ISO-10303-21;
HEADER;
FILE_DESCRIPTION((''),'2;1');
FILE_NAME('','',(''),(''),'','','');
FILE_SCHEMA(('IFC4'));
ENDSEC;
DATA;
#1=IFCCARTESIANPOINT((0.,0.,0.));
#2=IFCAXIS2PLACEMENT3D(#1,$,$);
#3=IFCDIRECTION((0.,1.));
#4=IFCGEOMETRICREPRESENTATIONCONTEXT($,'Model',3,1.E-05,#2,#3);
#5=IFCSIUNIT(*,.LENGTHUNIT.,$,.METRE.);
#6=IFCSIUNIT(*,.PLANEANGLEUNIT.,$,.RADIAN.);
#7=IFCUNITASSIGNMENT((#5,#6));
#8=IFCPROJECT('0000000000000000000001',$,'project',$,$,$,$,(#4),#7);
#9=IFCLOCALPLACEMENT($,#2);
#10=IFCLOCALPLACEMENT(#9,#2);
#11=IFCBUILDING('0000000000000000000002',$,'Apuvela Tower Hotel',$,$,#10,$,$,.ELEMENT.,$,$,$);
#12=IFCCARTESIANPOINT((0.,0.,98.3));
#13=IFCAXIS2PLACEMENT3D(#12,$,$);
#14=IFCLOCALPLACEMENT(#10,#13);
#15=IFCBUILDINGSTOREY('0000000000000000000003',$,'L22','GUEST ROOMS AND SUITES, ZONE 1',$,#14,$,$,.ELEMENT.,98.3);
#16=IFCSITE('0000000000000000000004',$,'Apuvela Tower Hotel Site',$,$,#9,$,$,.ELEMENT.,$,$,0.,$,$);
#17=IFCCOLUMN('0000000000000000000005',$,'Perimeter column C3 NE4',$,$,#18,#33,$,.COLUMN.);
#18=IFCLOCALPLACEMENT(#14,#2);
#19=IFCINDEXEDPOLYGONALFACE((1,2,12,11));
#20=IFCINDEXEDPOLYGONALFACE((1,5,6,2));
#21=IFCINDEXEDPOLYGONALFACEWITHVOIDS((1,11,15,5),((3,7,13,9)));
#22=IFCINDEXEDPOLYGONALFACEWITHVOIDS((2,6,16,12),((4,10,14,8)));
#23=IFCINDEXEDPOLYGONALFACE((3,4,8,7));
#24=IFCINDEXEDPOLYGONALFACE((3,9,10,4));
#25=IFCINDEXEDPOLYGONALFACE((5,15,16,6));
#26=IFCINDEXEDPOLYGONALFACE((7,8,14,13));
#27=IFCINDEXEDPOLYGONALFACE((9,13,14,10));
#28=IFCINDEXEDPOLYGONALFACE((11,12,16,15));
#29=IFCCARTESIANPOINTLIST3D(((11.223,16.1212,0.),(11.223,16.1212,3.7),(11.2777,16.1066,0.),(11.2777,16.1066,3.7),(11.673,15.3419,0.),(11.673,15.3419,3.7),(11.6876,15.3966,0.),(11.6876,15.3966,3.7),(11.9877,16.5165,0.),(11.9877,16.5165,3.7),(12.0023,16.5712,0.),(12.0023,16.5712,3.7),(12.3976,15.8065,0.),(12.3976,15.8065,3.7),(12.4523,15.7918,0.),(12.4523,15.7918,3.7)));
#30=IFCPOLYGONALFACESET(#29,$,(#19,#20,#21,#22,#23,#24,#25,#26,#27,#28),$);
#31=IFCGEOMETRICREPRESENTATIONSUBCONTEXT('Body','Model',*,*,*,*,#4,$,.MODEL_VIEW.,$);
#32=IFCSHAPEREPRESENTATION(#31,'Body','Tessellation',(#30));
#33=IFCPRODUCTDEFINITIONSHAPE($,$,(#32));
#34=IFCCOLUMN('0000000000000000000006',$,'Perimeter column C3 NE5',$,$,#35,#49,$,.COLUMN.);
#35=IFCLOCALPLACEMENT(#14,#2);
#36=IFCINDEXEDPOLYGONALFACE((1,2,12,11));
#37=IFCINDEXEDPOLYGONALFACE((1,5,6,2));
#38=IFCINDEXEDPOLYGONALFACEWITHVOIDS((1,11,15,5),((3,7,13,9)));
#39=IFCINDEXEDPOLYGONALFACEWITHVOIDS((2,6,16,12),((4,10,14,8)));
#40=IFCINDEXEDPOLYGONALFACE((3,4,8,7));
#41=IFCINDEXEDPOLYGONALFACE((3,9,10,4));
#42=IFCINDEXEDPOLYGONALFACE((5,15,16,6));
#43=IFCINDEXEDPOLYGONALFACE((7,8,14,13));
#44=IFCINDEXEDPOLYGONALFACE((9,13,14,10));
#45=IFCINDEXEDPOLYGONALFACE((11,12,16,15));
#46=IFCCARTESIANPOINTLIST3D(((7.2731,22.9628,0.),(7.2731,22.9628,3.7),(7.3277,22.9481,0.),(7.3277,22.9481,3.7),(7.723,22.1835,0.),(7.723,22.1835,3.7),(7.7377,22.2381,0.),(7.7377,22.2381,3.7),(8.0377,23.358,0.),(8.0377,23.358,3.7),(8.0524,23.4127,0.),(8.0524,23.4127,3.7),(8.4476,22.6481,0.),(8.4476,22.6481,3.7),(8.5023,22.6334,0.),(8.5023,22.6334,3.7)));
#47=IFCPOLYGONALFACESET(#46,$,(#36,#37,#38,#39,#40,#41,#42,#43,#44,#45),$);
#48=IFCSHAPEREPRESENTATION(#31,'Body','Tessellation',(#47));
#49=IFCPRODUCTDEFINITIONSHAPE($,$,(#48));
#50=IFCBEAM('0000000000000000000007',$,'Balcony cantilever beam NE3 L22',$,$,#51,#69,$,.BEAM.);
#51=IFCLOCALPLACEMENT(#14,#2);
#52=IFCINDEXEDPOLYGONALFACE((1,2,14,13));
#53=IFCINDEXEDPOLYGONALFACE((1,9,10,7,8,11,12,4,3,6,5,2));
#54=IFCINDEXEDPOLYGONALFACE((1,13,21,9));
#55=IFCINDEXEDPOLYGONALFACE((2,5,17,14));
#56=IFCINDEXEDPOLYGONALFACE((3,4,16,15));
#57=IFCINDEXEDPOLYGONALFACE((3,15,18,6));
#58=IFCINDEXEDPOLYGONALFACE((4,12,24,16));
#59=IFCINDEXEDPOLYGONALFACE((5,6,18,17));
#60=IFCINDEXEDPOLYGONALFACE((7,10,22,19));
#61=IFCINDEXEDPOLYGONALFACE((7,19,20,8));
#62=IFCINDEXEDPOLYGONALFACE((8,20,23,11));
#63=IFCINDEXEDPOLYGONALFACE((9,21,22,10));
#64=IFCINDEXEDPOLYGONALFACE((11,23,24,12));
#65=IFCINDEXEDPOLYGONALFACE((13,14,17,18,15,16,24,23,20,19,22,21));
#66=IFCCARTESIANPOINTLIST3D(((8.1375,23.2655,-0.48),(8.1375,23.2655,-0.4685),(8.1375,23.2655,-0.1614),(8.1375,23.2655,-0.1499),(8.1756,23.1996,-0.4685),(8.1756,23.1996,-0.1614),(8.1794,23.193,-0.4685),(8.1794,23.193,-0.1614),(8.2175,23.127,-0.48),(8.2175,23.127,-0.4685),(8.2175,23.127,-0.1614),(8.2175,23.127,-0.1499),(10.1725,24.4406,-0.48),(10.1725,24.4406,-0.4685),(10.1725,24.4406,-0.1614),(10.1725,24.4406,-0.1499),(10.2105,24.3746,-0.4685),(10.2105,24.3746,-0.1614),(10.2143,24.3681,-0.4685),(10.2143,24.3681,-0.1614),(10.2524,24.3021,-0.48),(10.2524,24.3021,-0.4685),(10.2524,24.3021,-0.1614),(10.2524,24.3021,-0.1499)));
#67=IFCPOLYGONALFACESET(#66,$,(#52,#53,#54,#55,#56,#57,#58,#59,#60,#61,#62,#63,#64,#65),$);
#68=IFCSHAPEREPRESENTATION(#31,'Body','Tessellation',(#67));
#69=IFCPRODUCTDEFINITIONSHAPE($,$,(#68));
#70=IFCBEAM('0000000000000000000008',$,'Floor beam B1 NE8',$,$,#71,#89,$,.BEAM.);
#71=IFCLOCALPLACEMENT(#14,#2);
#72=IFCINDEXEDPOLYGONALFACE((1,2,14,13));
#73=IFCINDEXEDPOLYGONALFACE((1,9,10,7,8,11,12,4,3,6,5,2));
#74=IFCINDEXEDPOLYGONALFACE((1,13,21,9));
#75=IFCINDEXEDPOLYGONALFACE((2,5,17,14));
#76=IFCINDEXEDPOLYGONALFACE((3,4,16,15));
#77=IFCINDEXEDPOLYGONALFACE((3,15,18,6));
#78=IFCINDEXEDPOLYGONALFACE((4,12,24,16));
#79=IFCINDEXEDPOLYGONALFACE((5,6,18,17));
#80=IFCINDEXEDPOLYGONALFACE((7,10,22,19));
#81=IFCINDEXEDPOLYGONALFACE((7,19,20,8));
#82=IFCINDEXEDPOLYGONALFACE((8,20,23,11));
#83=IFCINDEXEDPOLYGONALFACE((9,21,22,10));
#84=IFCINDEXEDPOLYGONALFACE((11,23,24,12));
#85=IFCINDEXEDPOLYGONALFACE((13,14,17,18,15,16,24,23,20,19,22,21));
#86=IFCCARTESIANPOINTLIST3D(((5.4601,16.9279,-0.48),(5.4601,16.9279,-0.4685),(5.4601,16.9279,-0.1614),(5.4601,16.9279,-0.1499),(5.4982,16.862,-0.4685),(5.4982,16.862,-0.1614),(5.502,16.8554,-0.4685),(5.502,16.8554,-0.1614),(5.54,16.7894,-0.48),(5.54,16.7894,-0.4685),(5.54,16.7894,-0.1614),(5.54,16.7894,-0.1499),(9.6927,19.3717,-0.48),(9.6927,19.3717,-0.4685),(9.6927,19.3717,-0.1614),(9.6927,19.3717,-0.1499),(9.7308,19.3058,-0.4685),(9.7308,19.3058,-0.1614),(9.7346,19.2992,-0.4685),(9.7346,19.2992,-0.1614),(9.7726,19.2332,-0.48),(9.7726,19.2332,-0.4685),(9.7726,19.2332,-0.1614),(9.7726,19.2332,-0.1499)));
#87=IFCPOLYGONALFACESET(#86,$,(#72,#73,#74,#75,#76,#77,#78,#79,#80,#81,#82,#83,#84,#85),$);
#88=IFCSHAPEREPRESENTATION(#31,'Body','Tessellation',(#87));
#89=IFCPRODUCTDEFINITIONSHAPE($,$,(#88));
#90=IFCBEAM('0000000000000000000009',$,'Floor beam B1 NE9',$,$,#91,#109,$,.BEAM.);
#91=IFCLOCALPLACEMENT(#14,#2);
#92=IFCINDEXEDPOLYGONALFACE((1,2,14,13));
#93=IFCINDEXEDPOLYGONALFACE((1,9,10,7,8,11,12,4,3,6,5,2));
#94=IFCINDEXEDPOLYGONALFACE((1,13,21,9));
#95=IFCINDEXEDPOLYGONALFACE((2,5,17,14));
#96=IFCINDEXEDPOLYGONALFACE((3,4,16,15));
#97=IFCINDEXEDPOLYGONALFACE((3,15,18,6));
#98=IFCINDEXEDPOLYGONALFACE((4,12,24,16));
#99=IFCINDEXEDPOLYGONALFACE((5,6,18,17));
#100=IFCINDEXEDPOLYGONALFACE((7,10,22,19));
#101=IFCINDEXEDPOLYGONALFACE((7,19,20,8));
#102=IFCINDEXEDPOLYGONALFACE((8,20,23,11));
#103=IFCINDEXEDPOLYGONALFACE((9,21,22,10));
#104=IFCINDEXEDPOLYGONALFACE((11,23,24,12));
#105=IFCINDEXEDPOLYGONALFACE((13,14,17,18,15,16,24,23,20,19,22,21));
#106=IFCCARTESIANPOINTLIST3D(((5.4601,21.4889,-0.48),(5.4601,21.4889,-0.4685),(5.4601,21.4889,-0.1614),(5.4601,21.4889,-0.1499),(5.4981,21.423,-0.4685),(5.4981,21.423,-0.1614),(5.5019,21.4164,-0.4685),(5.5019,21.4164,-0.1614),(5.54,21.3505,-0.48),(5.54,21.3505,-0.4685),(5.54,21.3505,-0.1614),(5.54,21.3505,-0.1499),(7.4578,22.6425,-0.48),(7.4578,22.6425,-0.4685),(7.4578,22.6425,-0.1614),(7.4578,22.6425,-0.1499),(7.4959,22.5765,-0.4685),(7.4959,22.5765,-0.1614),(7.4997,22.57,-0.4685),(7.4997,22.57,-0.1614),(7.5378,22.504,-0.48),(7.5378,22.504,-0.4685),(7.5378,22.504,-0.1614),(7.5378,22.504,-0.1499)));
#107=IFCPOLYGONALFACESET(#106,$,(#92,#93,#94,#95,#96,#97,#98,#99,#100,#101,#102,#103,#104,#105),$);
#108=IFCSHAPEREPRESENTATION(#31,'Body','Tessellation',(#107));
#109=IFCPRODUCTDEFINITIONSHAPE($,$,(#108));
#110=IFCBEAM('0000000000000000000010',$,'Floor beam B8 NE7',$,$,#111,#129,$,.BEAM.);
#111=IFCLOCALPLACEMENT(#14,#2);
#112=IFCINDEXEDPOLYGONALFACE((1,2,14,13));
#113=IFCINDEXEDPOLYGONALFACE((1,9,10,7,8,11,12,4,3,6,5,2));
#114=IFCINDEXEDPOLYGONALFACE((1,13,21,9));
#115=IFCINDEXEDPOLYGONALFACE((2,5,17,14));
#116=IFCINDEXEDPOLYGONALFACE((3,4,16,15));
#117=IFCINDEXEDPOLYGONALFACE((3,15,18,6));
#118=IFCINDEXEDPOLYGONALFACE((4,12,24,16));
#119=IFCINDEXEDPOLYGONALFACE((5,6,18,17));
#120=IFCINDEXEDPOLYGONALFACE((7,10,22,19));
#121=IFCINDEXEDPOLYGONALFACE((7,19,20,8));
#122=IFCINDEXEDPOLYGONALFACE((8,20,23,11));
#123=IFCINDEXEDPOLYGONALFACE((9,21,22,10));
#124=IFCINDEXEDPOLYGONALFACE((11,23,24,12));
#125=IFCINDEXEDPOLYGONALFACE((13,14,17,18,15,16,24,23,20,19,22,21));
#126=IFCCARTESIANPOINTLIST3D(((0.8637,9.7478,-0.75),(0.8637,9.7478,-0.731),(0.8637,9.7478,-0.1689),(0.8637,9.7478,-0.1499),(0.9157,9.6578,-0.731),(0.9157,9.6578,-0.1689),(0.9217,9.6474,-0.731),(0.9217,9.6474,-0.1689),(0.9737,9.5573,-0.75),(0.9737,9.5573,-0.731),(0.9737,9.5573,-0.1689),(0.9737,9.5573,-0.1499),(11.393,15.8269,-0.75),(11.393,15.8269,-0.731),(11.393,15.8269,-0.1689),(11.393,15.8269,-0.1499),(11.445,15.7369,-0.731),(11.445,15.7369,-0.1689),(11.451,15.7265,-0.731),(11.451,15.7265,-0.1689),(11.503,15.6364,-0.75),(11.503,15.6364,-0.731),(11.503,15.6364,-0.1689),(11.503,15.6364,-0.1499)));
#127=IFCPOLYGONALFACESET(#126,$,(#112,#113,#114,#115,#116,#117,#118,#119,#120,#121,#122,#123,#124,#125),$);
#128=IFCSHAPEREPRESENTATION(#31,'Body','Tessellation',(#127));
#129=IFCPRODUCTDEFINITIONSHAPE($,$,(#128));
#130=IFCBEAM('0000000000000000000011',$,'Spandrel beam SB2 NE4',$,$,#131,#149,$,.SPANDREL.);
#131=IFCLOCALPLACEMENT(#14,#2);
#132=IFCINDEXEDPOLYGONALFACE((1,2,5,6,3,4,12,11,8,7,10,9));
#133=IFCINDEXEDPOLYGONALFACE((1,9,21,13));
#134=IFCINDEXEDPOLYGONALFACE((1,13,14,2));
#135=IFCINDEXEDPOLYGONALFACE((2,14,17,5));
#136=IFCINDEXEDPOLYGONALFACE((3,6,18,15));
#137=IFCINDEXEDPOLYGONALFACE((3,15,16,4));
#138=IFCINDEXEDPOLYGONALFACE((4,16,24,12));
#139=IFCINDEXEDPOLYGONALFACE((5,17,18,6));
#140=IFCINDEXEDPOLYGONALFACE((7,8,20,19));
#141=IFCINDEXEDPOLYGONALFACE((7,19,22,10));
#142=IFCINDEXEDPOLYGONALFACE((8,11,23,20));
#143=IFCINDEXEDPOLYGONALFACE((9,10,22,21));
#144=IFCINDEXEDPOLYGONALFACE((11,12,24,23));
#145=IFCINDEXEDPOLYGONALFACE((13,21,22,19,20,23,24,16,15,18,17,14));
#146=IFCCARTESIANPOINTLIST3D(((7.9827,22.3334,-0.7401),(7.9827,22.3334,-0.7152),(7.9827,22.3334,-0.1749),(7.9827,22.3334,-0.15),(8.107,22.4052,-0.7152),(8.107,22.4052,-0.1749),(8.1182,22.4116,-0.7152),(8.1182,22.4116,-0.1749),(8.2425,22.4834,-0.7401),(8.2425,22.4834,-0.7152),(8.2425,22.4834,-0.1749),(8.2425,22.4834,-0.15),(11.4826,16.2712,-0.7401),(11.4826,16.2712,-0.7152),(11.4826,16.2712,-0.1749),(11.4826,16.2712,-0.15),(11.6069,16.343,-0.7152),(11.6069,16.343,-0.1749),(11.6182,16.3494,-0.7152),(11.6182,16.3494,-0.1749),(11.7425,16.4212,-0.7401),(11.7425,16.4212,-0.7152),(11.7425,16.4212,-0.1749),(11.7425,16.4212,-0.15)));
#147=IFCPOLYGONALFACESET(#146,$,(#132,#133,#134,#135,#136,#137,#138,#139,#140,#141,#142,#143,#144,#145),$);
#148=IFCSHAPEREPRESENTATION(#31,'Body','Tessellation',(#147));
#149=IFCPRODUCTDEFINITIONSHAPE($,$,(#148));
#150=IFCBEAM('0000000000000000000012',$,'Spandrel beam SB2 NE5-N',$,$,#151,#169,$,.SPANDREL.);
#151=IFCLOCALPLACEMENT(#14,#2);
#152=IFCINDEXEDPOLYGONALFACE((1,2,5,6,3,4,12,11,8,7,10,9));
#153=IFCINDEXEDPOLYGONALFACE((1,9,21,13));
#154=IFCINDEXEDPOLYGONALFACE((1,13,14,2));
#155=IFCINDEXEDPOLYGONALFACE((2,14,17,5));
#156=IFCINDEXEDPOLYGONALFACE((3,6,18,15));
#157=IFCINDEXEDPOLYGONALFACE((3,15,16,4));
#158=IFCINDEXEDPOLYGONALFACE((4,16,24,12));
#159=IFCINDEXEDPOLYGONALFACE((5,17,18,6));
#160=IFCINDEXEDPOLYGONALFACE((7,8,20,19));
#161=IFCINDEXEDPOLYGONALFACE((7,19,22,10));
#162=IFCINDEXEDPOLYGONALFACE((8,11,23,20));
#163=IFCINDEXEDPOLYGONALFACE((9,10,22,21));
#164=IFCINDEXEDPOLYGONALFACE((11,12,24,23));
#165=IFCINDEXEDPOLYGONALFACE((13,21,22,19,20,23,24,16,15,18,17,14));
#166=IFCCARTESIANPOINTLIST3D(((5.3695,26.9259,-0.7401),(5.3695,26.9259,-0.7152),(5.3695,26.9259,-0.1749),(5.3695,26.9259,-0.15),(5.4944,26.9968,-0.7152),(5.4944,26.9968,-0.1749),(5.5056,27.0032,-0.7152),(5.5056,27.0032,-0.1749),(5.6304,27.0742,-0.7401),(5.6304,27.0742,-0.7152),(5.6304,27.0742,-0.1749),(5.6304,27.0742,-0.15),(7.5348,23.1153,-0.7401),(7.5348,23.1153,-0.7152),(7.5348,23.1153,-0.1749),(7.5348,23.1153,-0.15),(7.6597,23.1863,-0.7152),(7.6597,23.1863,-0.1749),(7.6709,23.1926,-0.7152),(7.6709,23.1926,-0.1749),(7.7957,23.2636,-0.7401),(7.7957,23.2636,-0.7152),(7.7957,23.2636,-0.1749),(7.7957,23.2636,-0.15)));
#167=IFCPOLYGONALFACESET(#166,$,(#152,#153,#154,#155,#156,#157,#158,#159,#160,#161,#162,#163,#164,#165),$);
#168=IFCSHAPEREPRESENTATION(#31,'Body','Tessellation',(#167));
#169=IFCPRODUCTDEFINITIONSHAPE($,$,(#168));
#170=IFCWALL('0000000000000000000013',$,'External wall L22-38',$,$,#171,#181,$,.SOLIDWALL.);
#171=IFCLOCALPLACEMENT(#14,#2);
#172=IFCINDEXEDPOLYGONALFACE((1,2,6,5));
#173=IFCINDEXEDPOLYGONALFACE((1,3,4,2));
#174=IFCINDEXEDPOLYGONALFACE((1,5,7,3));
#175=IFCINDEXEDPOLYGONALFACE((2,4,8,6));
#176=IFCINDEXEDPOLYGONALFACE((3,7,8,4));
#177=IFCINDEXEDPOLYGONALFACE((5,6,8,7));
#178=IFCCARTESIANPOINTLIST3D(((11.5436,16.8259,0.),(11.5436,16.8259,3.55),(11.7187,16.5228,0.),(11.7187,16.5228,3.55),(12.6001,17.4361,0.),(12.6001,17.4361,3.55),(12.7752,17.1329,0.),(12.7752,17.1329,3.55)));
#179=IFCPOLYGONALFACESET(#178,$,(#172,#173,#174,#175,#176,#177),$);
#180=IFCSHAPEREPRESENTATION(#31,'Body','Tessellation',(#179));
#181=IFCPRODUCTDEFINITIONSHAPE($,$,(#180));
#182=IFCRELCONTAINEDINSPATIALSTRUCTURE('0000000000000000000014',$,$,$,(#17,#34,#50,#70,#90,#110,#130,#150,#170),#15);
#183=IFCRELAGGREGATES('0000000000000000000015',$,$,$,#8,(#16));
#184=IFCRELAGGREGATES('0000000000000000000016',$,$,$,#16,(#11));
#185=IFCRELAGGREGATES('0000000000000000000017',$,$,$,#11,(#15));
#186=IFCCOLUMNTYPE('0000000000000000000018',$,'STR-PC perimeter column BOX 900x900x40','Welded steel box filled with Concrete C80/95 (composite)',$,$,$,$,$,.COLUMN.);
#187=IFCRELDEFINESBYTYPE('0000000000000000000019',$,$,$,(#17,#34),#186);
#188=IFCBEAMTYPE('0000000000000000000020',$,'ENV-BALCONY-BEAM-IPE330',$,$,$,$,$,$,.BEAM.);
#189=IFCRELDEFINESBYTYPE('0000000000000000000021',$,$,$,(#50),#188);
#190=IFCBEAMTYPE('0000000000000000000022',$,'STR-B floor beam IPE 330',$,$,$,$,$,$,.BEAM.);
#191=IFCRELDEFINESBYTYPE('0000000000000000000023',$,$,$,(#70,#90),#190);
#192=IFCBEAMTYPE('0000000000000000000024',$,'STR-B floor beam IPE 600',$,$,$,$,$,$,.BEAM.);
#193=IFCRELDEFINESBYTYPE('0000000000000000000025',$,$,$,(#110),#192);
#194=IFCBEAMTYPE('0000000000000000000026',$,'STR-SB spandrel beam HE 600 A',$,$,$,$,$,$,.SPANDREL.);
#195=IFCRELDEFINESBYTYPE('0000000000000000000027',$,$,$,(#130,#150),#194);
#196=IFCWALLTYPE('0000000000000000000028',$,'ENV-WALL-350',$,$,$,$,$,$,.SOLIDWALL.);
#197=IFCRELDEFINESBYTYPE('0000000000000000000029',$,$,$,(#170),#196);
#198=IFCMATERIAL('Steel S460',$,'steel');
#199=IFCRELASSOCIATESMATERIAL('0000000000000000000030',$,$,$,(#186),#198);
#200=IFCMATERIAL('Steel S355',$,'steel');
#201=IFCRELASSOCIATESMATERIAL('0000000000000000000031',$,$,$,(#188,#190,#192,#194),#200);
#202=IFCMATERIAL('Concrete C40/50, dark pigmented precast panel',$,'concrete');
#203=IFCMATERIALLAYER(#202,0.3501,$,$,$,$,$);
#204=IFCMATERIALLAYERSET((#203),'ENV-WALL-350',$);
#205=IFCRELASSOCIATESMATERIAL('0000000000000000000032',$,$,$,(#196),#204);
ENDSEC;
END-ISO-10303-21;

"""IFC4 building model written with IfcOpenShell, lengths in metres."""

from ifc_helpers import new_model, si_unit, direction, frame, frame_2d, origin, origin_2d, place, context, subcontext, project, spatial, rectangle, hollow_rectangle, i_section, extrude, material, layer, layer_set, material_profile, profile_set, type_object, element, save


model = new_model("IFC4")

# Units and contexts
model_context = context("Model", 3, precision=1e-05, world=origin(), true_north=direction((0.0, 1.0)))
body_context = subcontext(model_context, "Body", "Model", "MODEL_VIEW")
ifc_project = project(units=[si_unit("LENGTHUNIT", "METRE"), si_unit("PLANEANGLEUNIT", "RADIAN")], contexts=[model_context])

# Site, building, storey
site_placement = place(None, origin())
site = spatial("IfcSite", under=ifc_project, at=site_placement, Name="Apuvela Tower Hotel Site", CompositionType="ELEMENT", RefElevation=0.0)
building_placement = place(site_placement, origin())
building = spatial("IfcBuilding", under=site, at=building_placement, Name="Apuvela Tower Hotel", CompositionType="ELEMENT")
storey_placement = place(building_placement, frame((0.0, 0.0, 98.3)))
storey = spatial("IfcBuildingStorey", under=building, at=storey_placement, Name="L22", Description="GUEST ROOMS AND SUITES, ZONE 1", CompositionType="ELEMENT", Elevation=98.3)

# Columns
ifc_material_1 = material(Name="Steel S460", Category="steel")
ifc_material_profile_1 = material_profile(ifc_material_1, hollow_rectangle(XDim=0.8999, YDim=0.8999, WallThickness=0.04, at=origin_2d()), Name="BOX 900x900x40")
ifc_material_2 = material(Name="Concrete C80/95", Category="concrete")
ifc_material_profile_2 = material_profile(ifc_material_2, rectangle(XDim=0.8201, YDim=0.8201, at=origin_2d()), Name="Concrete C80/95 infill")
ifc_profile_set_1 = profile_set([ifc_material_profile_1, ifc_material_profile_2], Name="Steel S460")
column_type = type_object("IfcColumnType", Name="STR-PC perimeter column BOX 900x900x40", Description="Welded steel box filled with Concrete C80/95 (composite)", PredefinedType="COLUMN", material=ifc_profile_set_1)
for number, where, z_axis, x_axis, name in (
    (1, (11.8376, 15.9565, 0.0), (0.0, 0.0, 1.0), (-0.5, 0.866025, 0.0), "Perimeter column C3 NE4"),
    (2, (7.8877, 22.7981, 0.0), (0.0, 0.0, 1.0), (-0.5, 0.866025, 0.0), "Perimeter column C3 NE5"),
):
    element("IfcColumn", number, at=place(storey_placement, frame(where, z_axis=z_axis, x_axis=x_axis)), inside=storey, type_object=column_type, Name=name, PredefinedType="COLUMN", context=body_context, shape_type="SweptSolid", body=[
        extrude(hollow_rectangle(XDim=0.8999, YDim=0.8999, WallThickness=0.04, at=origin_2d()), origin(), (0.0, 0.0, 1.0), 3.7),
    ])

# Beams
ifc_material_3 = material(Name="Steel S355", Category="steel")
ifc_material_profile_3 = material_profile(ifc_material_3, i_section(OverallWidth=0.1599, OverallDepth=0.3301, WebThickness=0.0076, FlangeThickness=0.0115, at=origin_2d()), Name="IPE 330")
ifc_profile_set_2 = profile_set([ifc_material_profile_3], Name="Steel S355")
beam_type_1 = type_object("IfcBeamType", Name="ENV-BALCONY-BEAM-IPE330", PredefinedType="BEAM", material=ifc_profile_set_2)
beam_1_placement = place(storey_placement, frame((8.1775, 23.1963, -0.3149), z_axis=(0.86599, 0.500061, 0.0), x_axis=(-0.500061, 0.86599, 0.0)))
element("IfcBeam", 3, at=beam_1_placement, inside=storey, type_object=beam_type_1, Name="Balcony cantilever beam NE3 L22", PredefinedType="BEAM", context=body_context, shape_type="SweptSolid", body=[
    extrude(i_section(OverallWidth=0.1599, OverallDepth=0.3301, WebThickness=0.0076, FlangeThickness=0.0115, at=origin_2d()), origin(), (0.0, 0.0, 1.0), 2.3499),
])
ifc_material_profile_4 = material_profile(ifc_material_3, i_section(OverallWidth=0.1599, OverallDepth=0.3301, WebThickness=0.0076, FlangeThickness=0.0115, at=origin_2d()), Name="IPE 330")
ifc_profile_set_3 = profile_set([ifc_material_profile_4], Name="Steel S355")
beam_type_2 = type_object("IfcBeamType", Name="STR-B floor beam IPE 330", PredefinedType="BEAM", material=ifc_profile_set_3)
beam_2_placement = place(storey_placement, frame((9.7327, 19.3025, -0.3149), z_axis=(-0.866015, -0.500018, 0.0), x_axis=(0.500018, -0.866015, 0.0)))
element("IfcBeam", 4, at=beam_2_placement, inside=storey, type_object=beam_type_2, Name="Floor beam B1 NE8", PredefinedType="BEAM", context=body_context, shape_type="SweptSolid", body=[
    extrude(i_section(OverallWidth=0.1599, OverallDepth=0.3301, WebThickness=0.0076, FlangeThickness=0.0115, at=origin_2d()), origin(), (0.0, 0.0, 1.0), 4.8875),
])
beam_3_placement = place(storey_placement, frame((7.4978, 22.5732, -0.3149), z_axis=(-0.866001, -0.500043, 0.0), x_axis=(0.500043, -0.866001, 0.0)))
element("IfcBeam", 5, at=beam_3_placement, inside=storey, type_object=beam_type_2, Name="Floor beam B1 NE9", PredefinedType="BEAM", context=body_context, shape_type="SweptSolid", body=[
    extrude(i_section(OverallWidth=0.1599, OverallDepth=0.3301, WebThickness=0.0076, FlangeThickness=0.0115, at=origin_2d()), origin(), (0.0, 0.0, 1.0), 2.3069),
])
ifc_material_profile_5 = material_profile(ifc_material_3, i_section(OverallWidth=0.22, OverallDepth=0.6001, WebThickness=0.012, FlangeThickness=0.019, at=origin_2d()), Name="IPE 600")
ifc_profile_set_4 = profile_set([ifc_material_profile_5], Name="Steel S355")
beam_type_3 = type_object("IfcBeamType", Name="STR-B floor beam IPE 600", PredefinedType="BEAM", material=ifc_profile_set_4)
beam_4_placement = place(storey_placement, frame((11.448, 15.7317, -0.45), z_axis=(-0.866025, -0.500001, 0.0), x_axis=(0.500001, -0.866025, 0.0)))
element("IfcBeam", 6, at=beam_4_placement, inside=storey, type_object=beam_type_3, Name="Floor beam B8 NE7", PredefinedType="BEAM", context=body_context, shape_type="SweptSolid", body=[
    extrude(i_section(OverallWidth=0.22, OverallDepth=0.6001, WebThickness=0.012, FlangeThickness=0.019, at=origin_2d()), origin(), (0.0, 0.0, 1.0), 12.1582),
])
ifc_material_profile_6 = material_profile(ifc_material_3, i_section(OverallWidth=0.3, OverallDepth=0.5901, WebThickness=0.0129, FlangeThickness=0.0249, at=origin_2d()), Name="HE 600 A")
ifc_profile_set_5 = profile_set([ifc_material_profile_6], Name="Steel S355")
beam_type_4 = type_object("IfcBeamType", Name="STR-SB spandrel beam HE 600 A", PredefinedType="SPANDREL", material=ifc_profile_set_5)
beam_5_placement = place(storey_placement, frame((11.6125, 16.3462, -0.4451), z_axis=(-0.499995, 0.866028, 0.0), x_axis=(-0.866028, -0.499995, 0.0)))
element("IfcBeam", 7, at=beam_5_placement, inside=storey, type_object=beam_type_4, Name="Spandrel beam SB2 NE4", PredefinedType="SPANDREL", context=body_context, shape_type="SweptSolid", body=[
    extrude(i_section(OverallWidth=0.3, OverallDepth=0.5901, WebThickness=0.0129, FlangeThickness=0.0249, at=origin_2d()), origin(), (0.0, 0.0, 1.0), 7.0),
])
beam_6_placement = place(storey_placement, frame((7.6653, 23.1895, -0.4451), z_axis=(-0.494044, 0.869437, 0.0), x_axis=(-0.869437, -0.494044, 0.0)))
element("IfcBeam", 8, at=beam_6_placement, inside=storey, type_object=beam_type_4, Name="Spandrel beam SB2 NE5-N", PredefinedType="SPANDREL", context=body_context, shape_type="SweptSolid", body=[
    extrude(i_section(OverallWidth=0.3, OverallDepth=0.5901, WebThickness=0.0129, FlangeThickness=0.0249, at=origin_2d()), origin(), (0.0, 0.0, 1.0), 4.3828),
])

# Wall
ifc_material_4 = material(Name="Concrete C40/50, dark pigmented precast panel", Category="concrete")
ifc_layer_1 = layer(ifc_material_4, 0.3501)
ifc_layer_set_1 = layer_set([ifc_layer_1], Name="ENV-WALL-350")
wall_type_1 = type_object("IfcWallType", Name="ENV-WALL-350", PredefinedType="SOLIDWALL", material=ifc_layer_set_1)
wall_1_placement = place(storey_placement, frame((12.6875, 17.2844, 0.0), z_axis=(0.0, 0.0, 1.0), x_axis=(-0.865956, -0.500121, 0.0)))
element("IfcWall", 9, at=wall_1_placement, inside=storey, type_object=wall_type_1, Name="External wall L22-38", PredefinedType="SOLIDWALL", context=body_context, shape_type="SweptSolid", body=[
    extrude(rectangle(XDim=1.22, YDim=0.3501, at=frame_2d((0.6099, 0.0))), origin(), (0.0, 0.0, 1.0), 3.55),
])

save(model, "model.ifc")
